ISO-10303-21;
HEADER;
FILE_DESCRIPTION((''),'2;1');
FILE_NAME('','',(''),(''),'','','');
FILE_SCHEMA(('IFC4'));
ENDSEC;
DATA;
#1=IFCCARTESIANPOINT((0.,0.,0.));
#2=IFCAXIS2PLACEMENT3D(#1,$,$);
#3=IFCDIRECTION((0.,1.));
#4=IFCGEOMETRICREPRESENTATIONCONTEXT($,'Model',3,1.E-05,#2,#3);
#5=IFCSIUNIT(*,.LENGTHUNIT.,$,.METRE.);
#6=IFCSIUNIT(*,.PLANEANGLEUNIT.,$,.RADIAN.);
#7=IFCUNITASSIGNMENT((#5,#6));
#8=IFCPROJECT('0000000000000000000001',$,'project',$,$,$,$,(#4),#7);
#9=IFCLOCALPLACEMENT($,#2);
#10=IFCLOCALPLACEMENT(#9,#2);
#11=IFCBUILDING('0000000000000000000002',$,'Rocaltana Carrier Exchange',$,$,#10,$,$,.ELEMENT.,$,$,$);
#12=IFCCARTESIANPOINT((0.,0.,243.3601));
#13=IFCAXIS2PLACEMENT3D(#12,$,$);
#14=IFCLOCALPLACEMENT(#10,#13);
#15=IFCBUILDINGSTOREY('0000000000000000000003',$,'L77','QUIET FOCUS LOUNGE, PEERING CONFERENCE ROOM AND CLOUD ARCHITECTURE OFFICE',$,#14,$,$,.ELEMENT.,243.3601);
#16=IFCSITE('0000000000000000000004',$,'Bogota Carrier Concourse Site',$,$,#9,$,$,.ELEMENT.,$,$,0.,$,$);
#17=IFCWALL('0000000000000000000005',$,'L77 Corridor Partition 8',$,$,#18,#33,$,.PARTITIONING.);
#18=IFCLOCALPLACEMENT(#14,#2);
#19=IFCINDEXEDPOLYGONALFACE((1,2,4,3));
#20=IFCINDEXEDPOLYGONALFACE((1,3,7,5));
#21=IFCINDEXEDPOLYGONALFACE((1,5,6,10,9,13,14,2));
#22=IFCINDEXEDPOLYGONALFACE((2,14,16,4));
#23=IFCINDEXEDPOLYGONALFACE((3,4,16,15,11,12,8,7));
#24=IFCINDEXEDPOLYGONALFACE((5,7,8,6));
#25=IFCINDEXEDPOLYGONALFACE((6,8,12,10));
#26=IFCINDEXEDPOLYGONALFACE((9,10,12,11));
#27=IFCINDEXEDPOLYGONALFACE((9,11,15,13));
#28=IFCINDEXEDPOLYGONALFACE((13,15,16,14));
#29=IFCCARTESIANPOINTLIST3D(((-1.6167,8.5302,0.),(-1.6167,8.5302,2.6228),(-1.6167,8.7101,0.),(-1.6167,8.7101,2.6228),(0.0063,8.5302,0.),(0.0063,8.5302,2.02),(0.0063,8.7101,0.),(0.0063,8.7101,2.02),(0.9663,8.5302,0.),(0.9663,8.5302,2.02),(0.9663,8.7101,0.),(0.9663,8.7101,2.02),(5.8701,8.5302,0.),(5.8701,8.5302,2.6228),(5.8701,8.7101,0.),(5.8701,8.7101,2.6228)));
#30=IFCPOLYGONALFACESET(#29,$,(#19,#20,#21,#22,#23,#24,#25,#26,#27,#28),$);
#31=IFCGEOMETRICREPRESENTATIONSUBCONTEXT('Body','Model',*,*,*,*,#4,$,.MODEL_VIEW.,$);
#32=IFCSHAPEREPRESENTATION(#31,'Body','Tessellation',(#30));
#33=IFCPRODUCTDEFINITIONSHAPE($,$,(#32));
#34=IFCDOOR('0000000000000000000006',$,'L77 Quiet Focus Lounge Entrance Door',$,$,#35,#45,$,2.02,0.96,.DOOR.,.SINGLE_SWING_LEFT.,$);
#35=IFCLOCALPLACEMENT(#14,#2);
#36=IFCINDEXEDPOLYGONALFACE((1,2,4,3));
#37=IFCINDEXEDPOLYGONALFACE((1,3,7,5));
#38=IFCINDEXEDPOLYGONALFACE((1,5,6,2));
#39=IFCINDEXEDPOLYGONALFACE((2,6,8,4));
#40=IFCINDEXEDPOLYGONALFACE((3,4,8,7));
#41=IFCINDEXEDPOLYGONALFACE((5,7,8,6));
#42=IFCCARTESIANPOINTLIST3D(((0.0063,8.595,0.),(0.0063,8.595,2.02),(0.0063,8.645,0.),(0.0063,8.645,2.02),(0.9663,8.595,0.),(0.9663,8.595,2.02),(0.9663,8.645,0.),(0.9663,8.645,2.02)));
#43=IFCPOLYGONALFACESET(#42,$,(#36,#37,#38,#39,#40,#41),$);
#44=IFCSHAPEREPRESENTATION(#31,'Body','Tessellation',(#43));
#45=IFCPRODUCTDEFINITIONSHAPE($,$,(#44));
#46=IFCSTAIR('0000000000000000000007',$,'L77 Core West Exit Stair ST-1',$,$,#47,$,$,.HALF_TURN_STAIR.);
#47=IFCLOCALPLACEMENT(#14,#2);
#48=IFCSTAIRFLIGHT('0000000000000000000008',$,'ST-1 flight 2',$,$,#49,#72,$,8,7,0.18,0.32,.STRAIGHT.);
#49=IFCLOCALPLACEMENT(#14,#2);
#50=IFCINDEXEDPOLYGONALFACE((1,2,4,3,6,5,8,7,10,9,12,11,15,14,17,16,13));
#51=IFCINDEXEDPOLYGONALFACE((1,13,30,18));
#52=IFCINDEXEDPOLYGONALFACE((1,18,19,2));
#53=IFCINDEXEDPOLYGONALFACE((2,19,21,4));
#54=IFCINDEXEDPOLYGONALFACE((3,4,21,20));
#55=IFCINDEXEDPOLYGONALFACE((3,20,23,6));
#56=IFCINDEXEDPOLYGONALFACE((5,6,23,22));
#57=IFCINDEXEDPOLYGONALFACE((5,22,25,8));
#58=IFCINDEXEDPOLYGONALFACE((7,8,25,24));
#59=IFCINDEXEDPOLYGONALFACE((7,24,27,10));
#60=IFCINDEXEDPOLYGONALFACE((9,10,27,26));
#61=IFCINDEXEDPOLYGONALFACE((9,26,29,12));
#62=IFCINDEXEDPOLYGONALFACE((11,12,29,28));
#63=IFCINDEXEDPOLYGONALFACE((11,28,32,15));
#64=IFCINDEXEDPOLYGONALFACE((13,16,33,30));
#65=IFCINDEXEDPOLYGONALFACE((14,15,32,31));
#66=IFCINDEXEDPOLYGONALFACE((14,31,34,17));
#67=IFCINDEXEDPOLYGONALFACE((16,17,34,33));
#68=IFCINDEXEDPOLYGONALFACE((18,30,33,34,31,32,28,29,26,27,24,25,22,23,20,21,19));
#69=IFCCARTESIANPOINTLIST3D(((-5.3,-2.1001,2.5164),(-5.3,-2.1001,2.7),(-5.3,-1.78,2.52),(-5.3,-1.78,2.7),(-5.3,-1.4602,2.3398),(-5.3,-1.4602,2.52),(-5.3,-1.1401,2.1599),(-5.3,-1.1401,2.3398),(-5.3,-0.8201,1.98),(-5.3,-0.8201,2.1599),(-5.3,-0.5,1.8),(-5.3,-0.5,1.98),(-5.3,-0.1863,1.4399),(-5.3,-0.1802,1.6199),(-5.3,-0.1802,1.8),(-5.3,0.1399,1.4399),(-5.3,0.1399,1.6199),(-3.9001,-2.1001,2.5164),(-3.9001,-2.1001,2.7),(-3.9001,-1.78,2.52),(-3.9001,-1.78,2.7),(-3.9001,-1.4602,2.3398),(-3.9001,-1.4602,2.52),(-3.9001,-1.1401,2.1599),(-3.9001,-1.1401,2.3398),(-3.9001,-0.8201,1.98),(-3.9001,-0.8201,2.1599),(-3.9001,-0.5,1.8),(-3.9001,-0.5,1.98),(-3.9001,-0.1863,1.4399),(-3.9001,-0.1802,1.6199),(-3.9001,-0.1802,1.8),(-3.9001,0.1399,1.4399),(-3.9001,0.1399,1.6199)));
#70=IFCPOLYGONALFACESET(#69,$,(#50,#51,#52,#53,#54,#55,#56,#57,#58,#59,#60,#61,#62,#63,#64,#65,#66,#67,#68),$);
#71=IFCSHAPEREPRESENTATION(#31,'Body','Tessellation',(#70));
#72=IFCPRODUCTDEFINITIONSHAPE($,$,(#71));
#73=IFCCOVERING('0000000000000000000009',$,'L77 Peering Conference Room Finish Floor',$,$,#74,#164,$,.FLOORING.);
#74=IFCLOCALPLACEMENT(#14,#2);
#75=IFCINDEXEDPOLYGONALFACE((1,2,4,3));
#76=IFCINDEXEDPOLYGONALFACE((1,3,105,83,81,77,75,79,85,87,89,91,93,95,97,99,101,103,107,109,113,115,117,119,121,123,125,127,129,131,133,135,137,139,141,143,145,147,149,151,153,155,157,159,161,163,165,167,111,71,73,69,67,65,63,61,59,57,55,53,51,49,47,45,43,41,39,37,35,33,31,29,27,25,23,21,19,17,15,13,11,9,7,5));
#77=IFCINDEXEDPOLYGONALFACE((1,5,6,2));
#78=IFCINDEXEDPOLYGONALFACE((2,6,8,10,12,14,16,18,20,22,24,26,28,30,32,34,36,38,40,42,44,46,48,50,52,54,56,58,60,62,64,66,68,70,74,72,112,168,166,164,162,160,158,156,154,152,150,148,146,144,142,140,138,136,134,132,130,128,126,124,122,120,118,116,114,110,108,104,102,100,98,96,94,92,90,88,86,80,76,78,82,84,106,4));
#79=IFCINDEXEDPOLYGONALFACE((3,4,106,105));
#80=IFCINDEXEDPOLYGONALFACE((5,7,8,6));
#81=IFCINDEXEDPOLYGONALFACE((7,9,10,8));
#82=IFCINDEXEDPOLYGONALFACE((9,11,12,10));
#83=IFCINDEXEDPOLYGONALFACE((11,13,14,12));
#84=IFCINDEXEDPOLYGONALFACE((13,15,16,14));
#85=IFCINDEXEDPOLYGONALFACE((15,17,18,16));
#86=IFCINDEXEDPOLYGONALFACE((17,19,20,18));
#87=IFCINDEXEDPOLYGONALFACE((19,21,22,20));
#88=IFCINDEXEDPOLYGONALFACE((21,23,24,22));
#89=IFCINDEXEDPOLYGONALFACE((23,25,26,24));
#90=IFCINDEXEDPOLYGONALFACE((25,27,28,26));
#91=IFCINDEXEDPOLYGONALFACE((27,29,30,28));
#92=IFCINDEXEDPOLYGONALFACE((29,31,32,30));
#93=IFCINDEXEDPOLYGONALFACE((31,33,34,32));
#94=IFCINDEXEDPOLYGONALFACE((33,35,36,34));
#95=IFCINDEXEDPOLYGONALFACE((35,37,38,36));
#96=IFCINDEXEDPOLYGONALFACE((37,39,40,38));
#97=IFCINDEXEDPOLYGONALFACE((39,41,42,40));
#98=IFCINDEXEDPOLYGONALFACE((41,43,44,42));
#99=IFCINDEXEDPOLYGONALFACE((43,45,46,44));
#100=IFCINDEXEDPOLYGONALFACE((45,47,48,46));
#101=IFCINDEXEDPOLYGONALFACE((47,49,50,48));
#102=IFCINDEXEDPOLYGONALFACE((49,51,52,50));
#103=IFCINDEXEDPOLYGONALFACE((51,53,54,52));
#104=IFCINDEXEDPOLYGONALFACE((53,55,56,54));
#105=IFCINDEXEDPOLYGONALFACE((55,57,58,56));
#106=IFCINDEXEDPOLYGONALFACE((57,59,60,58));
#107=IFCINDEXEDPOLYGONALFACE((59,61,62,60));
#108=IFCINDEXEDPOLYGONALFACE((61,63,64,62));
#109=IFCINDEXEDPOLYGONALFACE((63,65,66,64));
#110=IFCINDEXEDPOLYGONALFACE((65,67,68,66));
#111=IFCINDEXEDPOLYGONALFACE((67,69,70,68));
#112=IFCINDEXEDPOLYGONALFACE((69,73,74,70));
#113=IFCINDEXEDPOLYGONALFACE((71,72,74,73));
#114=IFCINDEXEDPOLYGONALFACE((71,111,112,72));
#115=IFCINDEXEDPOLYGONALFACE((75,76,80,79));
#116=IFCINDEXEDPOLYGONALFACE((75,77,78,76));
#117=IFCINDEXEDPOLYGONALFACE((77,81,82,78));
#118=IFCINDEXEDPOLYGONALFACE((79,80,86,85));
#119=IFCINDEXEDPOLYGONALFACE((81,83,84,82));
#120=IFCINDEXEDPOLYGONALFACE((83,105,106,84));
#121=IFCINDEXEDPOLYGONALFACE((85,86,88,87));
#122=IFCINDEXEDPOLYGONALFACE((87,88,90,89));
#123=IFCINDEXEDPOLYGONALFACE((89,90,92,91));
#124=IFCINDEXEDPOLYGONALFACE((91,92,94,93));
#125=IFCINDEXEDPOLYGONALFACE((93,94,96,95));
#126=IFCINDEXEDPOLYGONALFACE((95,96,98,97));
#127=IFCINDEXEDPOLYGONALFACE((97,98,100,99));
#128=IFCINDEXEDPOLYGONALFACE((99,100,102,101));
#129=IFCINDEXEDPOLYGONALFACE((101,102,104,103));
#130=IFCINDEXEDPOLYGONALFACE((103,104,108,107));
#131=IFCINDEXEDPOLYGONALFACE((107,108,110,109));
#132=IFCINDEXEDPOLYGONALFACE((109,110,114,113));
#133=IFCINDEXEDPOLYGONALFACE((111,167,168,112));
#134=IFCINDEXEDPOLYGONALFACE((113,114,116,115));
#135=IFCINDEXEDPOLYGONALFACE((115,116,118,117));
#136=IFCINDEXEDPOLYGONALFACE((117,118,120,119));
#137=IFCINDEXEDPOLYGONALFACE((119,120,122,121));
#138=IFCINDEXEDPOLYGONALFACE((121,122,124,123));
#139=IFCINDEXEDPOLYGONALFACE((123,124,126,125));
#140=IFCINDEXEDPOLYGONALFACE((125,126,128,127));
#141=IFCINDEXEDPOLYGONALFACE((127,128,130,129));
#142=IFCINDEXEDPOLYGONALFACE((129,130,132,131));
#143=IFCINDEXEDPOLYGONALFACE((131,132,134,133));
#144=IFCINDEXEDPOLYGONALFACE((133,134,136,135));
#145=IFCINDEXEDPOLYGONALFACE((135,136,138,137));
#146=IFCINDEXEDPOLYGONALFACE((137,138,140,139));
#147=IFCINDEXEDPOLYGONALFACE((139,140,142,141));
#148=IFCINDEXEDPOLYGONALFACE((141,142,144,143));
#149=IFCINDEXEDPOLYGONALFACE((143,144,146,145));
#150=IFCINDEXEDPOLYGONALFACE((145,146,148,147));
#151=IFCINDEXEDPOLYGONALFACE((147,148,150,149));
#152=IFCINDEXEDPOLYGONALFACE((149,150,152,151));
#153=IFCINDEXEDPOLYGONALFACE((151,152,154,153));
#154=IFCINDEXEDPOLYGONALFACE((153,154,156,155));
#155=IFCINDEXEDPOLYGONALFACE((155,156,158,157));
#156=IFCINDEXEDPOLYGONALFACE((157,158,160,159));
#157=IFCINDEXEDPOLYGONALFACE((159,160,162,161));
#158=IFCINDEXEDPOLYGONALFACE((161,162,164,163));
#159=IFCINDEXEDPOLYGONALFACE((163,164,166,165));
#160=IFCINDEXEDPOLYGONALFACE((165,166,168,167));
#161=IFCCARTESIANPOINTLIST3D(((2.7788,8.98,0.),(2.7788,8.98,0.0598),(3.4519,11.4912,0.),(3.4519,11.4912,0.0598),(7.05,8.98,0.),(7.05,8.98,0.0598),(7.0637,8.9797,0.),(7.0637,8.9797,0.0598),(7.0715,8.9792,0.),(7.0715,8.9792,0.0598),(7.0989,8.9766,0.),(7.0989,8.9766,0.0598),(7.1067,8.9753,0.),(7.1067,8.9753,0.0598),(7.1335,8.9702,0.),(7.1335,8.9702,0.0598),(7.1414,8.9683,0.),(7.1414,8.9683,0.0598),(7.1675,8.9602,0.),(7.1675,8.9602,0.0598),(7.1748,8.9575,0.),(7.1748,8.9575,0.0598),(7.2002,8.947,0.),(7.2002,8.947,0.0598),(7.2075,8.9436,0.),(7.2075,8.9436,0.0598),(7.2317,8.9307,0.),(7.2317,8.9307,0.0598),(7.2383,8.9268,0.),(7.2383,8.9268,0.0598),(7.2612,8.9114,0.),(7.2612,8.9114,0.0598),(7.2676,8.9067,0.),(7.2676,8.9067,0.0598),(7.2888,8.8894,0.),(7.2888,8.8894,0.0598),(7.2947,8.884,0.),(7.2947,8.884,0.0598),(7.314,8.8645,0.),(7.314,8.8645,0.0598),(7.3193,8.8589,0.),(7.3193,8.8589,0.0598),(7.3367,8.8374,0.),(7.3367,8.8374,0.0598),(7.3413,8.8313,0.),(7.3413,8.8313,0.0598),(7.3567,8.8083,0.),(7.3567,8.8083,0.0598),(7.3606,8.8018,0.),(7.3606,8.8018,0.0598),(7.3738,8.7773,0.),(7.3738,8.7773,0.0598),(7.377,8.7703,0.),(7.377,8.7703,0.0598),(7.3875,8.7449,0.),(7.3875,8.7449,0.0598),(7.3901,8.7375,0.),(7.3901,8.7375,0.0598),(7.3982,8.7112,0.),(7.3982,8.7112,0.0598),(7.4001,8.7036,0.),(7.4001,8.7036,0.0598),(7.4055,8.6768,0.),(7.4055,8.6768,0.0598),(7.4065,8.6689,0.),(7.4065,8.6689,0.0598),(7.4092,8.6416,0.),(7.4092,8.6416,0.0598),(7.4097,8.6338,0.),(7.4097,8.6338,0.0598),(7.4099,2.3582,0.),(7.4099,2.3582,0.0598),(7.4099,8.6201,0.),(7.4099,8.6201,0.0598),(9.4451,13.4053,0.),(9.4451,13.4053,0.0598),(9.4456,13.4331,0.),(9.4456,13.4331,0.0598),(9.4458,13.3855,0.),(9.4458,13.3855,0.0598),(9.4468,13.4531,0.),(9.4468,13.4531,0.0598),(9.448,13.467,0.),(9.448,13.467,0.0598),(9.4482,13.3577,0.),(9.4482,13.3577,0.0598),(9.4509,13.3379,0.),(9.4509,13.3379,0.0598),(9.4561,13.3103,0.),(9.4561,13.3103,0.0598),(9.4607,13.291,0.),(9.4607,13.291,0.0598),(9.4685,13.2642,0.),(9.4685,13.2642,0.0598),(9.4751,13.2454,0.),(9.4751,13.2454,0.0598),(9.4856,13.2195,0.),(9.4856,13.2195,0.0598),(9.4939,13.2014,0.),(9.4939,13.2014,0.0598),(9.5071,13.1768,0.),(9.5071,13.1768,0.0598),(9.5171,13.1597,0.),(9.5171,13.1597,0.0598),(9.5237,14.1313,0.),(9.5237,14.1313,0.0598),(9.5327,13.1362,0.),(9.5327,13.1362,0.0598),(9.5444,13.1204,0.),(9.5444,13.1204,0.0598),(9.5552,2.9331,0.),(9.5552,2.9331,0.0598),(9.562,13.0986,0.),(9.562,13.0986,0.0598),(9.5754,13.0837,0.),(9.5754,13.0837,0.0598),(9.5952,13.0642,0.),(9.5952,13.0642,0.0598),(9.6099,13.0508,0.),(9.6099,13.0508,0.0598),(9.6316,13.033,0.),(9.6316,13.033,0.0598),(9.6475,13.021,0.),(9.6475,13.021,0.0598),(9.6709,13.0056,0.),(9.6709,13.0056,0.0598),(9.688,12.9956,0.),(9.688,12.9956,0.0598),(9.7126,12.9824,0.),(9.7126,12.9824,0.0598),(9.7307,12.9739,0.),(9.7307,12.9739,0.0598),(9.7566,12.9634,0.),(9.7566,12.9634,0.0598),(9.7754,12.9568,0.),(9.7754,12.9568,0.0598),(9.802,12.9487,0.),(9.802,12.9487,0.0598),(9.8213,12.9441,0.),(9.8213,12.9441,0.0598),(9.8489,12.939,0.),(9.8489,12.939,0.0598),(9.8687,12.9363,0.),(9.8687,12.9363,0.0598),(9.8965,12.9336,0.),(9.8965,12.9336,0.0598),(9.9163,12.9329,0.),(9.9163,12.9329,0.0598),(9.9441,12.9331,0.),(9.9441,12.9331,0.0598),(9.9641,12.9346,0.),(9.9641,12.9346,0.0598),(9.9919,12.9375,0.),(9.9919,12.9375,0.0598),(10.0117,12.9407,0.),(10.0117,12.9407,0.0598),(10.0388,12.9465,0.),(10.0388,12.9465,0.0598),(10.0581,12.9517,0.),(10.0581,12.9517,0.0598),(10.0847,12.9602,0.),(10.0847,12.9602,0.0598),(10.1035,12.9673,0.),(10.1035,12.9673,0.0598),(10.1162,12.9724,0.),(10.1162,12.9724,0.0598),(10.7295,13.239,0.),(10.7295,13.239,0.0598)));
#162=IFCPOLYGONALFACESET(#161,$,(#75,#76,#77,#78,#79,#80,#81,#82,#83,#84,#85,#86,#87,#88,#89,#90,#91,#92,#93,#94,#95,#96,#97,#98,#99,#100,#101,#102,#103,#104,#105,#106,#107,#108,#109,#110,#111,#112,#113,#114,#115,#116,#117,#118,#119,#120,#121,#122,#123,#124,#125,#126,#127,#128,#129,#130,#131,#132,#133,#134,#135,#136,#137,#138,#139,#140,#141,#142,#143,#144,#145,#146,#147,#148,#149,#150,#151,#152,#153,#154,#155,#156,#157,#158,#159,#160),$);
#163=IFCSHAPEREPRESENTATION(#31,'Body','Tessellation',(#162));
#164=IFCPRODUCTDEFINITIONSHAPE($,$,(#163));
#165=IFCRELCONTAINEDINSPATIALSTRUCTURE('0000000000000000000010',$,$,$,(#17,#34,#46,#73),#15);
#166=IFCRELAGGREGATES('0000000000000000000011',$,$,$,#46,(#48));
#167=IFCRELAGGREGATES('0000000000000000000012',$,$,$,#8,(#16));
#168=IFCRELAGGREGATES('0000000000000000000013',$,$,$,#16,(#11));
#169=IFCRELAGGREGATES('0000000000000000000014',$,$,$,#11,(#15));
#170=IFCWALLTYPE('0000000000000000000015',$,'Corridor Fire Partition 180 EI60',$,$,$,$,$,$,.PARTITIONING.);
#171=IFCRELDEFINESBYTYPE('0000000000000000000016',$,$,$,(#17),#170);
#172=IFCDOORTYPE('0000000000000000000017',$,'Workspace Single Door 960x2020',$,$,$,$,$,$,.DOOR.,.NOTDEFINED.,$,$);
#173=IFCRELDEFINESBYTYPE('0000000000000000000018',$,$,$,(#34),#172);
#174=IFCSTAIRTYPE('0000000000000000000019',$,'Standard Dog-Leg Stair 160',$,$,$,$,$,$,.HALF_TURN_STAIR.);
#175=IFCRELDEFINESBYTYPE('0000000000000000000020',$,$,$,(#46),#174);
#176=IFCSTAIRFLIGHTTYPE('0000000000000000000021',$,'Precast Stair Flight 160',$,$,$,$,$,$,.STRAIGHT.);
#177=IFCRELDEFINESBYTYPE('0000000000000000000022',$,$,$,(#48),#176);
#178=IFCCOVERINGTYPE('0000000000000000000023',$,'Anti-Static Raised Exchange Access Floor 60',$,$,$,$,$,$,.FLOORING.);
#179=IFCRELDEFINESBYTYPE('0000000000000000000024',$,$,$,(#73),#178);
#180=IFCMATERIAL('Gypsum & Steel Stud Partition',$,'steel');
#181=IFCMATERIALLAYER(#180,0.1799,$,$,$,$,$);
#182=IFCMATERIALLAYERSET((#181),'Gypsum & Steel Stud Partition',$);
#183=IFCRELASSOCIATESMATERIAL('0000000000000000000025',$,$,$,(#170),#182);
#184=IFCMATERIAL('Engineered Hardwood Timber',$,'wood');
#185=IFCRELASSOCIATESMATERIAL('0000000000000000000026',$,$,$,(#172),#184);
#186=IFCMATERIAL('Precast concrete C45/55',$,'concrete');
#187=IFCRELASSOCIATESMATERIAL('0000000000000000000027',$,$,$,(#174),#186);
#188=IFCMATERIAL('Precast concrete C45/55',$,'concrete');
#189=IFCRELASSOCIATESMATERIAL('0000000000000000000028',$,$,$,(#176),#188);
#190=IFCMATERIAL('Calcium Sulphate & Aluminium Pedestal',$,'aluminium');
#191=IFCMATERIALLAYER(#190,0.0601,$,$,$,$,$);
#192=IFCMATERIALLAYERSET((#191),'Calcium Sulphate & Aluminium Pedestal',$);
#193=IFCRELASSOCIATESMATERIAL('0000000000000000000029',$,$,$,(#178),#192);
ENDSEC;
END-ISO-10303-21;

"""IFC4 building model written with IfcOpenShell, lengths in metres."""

from ifc_helpers import new_model, si_unit, direction, frame, frame_2d, origin, place, context, subcontext, project, spatial, polyline, rectangle, outline, extrude, material, layer, layer_set, type_object, element, fill, aggregate, save


model = new_model("IFC4")

# Units and contexts
model_context = context("Model", 3, precision=1e-05, world=origin(), true_north=direction((0.0, 1.0)))
body_context = subcontext(model_context, "Body", "Model", "MODEL_VIEW")
ifc_project = project(units=[si_unit("LENGTHUNIT", "METRE"), si_unit("PLANEANGLEUNIT", "RADIAN")], contexts=[model_context])

# Site, building, storey
site_placement = place(None, origin())
site = spatial("IfcSite", under=ifc_project, at=site_placement, Name="Bogota Carrier Concourse Site", CompositionType="ELEMENT", RefElevation=0.0)
building_placement = place(site_placement, origin())
building = spatial("IfcBuilding", under=site, at=building_placement, Name="Rocaltana Carrier Exchange", CompositionType="ELEMENT")
storey_placement = place(building_placement, frame((0.0, 0.0, 243.3601)))
storey = spatial("IfcBuildingStorey", under=building, at=storey_placement, Name="L77", Description="QUIET FOCUS LOUNGE, PEERING CONFERENCE ROOM AND CLOUD ARCHITECTURE OFFICE", CompositionType="ELEMENT", Elevation=243.3601)

# Shared definitions
ifc_material_1 = material(Name="Gypsum & Steel Stud Partition", Category="steel")
ifc_layer_1 = layer(ifc_material_1, 0.1799)
ifc_layer_set_1 = layer_set([ifc_layer_1], Name="Gypsum & Steel Stud Partition")
wall_type_1 = type_object("IfcWallType", Name="Corridor Fire Partition 180 EI60", PredefinedType="PARTITIONING", material=ifc_layer_set_1)

# Wall, opening, door
wall_1_placement = place(storey_placement, frame((-1.6167, 8.6201, 0.0), z_axis=(0.0, 0.0, 1.0), x_axis=(1.0, 0.0, 0.0)))
wall_1 = element("IfcWall", 1, at=wall_1_placement, inside=storey, type_object=wall_type_1, Name="L77 Corridor Partition 8", PredefinedType="PARTITIONING", context=body_context, shape_type="SweptSolid", body=[
    extrude(rectangle(XDim=7.4868, YDim=0.1799, at=frame_2d((3.7434, 0.0))), origin(), (0.0, 0.0, 1.0), 2.6228),
])
opening_placement = place(wall_1_placement, frame((1.623, 0.0, 0.0)))
opening = element("IfcOpeningElement", 2, at=opening_placement, cuts=wall_1, PredefinedType="OPENING", context=body_context, shape_type="SweptSolid", body=[
    extrude(rectangle(XDim=0.96, YDim=2.02, at=frame_2d((0.48, 1.01))), frame((0.0, 0.0999, 0.0), z_axis=(0.0, -1.0, 0.0), x_axis=(1.0, 0.0, 0.0)), (0.0, 0.0, 1.0), 0.2),
])
ifc_material_2 = material(Name="Engineered Hardwood Timber", Category="wood")
door_type = type_object("IfcDoorType", Name="Workspace Single Door 960x2020", OperationType="NOTDEFINED", PredefinedType="DOOR", material=ifc_material_2)
door_placement = place(opening_placement, origin())
door = element("IfcDoor", 3, at=door_placement, inside=storey, type_object=door_type, Name="L77 Quiet Focus Lounge Entrance Door", OperationType="SINGLE_SWING_LEFT", OverallHeight=2.02, OverallWidth=0.96, PredefinedType="DOOR", context=body_context, shape_type="SweptSolid", body=[
    extrude(rectangle(XDim=0.96, YDim=2.02, at=frame_2d((0.48, 1.01))), frame((0.0, 0.0249, 0.0), z_axis=(0.0, -1.0, 0.0), x_axis=(1.0, 0.0, 0.0)), (0.0, 0.0, 1.0), 0.05),
])
fill(opening, door)

# Stair, stair flight
ifc_material_3 = material(Name="Precast concrete C45/55", Category="concrete")
stair_type = type_object("IfcStairType", Name="Standard Dog-Leg Stair 160", PredefinedType="HALF_TURN_STAIR", material=ifc_material_3)
stair_placement = place(storey_placement, origin())
stair = element("IfcStair", 4, at=stair_placement, inside=storey, type_object=stair_type, Name="L77 Core West Exit Stair ST-1", PredefinedType="HALF_TURN_STAIR")
ifc_material_4 = material(Name="Precast concrete C45/55", Category="concrete")
stair_flight_type = type_object("IfcStairFlightType", Name="Precast Stair Flight 160", PredefinedType="STRAIGHT", material=ifc_material_4)
stair_flight_placement = place(storey_placement, frame((-4.6001, 0.1399, 1.4399), z_axis=(0.0, 0.0, 1.0), x_axis=(0.0, -1.0, 0.0)))
stair_flight = element("IfcStairFlight", 5, at=stair_flight_placement, type_object=stair_flight_type, Name="ST-1 flight 2", NumberOfRisers=8, NumberOfTreads=7, PredefinedType="STRAIGHT", RiserHeight=0.18, TreadLength=0.32, context=body_context, shape_type="SweptSolid", body=[
    extrude(outline(polyline([(0.0, 0.0), (0.0, 0.1799), (0.3201, 0.1799), (0.3201, 0.3601), (0.6399, 0.3601), (0.6399, 0.54), (0.96, 0.54), (0.96, 0.72), (1.28, 0.72), (1.28, 0.8999), (1.6001, 0.8999), (1.6001, 1.0801), (1.9199, 1.0801), (1.9199, 1.26), (2.24, 1.26), (2.24, 1.4399), (2.24, 1.0764), (0.3262, 0.0), (0.0, 0.0)])), frame((0.0, 0.7, 0.0), z_axis=(0.0, -1.0, 0.0), x_axis=(1.0, 0.0, 0.0)), (0.0, 0.0, 1.0), 1.3999),
])
aggregate(stair, [stair_flight])

# Covering
ifc_material_5 = material(Name="Calcium Sulphate & Aluminium Pedestal", Category="aluminium")
ifc_layer_2 = layer(ifc_material_5, 0.0601)
ifc_layer_set_2 = layer_set([ifc_layer_2], Name="Calcium Sulphate & Aluminium Pedestal")
covering_type_1 = type_object("IfcCoveringType", Name="Anti-Static Raised Exchange Access Floor 60", PredefinedType="FLOORING", material=ifc_layer_set_2)
covering_1_placement = place(storey_placement, origin())
element("IfcCovering", 6, at=covering_1_placement, inside=storey, type_object=covering_type_1, Name="L77 Peering Conference Room Finish Floor", PredefinedType="FLOORING", context=body_context, shape_type="SweptSolid", body=[
    extrude(outline(polyline([(9.5237, 14.1313), (9.448, 13.467), (9.4468, 13.4531), (9.4456, 13.4331), (9.4451, 13.4053), (9.4458, 13.3855), (9.4482, 13.3577), (9.4509, 13.3379), (9.4561, 13.3103), (9.4607, 13.291), (9.4685, 13.2642), (9.4751, 13.2454), (9.4856, 13.2195), (9.4939, 13.2014), (9.5071, 13.1768), (9.5171, 13.1597), (9.5327, 13.1362), (9.5444, 13.1204), (9.562, 13.0986), (9.5754, 13.0837), (9.5952, 13.0642), (9.6099, 13.0508), (9.6316, 13.033), (9.6475, 13.021), (9.6709, 13.0056), (9.688, 12.9956), (9.7126, 12.9824), (9.7307, 12.9739), (9.7566, 12.9634), (9.7754, 12.9568), (9.802, 12.9487), (9.8213, 12.9441), (9.8489, 12.939), (9.8687, 12.9363), (9.8965, 12.9336), (9.9163, 12.9329), (9.9441, 12.9331), (9.9641, 12.9346), (9.9919, 12.9375), (10.0117, 12.9407), (10.0388, 12.9465), (10.0581, 12.9517), (10.0847, 12.9602), (10.1035, 12.9673), (10.1162, 12.9724), (10.7295, 13.239), (9.5552, 2.9331), (7.4099, 2.3582), (7.4099, 8.6201), (7.4097, 8.6338), (7.4092, 8.6416), (7.4065, 8.6689), (7.4055, 8.6768), (7.4001, 8.7036), (7.3982, 8.7112), (7.3901, 8.7375), (7.3875, 8.7449), (7.377, 8.7703), (7.3738, 8.7773), (7.3606, 8.8018), (7.3567, 8.8083), (7.3413, 8.8313), (7.3367, 8.8374), (7.3193, 8.8589), (7.314, 8.8645), (7.2947, 8.884), (7.2888, 8.8894), (7.2676, 8.9067), (7.2612, 8.9114), (7.2383, 8.9268), (7.2317, 8.9307), (7.2075, 8.9436), (7.2002, 8.947), (7.1748, 8.9575), (7.1675, 8.9602), (7.1414, 8.9683), (7.1335, 8.9702), (7.1067, 8.9753), (7.0989, 8.9766), (7.0715, 8.9792), (7.0637, 8.9797), (7.05, 8.98), (2.7788, 8.98), (3.4519, 11.4912), (9.5237, 14.1313)])), origin(), (0.0, 0.0, 1.0), 0.0598),
])

save(model, "model.ifc")
